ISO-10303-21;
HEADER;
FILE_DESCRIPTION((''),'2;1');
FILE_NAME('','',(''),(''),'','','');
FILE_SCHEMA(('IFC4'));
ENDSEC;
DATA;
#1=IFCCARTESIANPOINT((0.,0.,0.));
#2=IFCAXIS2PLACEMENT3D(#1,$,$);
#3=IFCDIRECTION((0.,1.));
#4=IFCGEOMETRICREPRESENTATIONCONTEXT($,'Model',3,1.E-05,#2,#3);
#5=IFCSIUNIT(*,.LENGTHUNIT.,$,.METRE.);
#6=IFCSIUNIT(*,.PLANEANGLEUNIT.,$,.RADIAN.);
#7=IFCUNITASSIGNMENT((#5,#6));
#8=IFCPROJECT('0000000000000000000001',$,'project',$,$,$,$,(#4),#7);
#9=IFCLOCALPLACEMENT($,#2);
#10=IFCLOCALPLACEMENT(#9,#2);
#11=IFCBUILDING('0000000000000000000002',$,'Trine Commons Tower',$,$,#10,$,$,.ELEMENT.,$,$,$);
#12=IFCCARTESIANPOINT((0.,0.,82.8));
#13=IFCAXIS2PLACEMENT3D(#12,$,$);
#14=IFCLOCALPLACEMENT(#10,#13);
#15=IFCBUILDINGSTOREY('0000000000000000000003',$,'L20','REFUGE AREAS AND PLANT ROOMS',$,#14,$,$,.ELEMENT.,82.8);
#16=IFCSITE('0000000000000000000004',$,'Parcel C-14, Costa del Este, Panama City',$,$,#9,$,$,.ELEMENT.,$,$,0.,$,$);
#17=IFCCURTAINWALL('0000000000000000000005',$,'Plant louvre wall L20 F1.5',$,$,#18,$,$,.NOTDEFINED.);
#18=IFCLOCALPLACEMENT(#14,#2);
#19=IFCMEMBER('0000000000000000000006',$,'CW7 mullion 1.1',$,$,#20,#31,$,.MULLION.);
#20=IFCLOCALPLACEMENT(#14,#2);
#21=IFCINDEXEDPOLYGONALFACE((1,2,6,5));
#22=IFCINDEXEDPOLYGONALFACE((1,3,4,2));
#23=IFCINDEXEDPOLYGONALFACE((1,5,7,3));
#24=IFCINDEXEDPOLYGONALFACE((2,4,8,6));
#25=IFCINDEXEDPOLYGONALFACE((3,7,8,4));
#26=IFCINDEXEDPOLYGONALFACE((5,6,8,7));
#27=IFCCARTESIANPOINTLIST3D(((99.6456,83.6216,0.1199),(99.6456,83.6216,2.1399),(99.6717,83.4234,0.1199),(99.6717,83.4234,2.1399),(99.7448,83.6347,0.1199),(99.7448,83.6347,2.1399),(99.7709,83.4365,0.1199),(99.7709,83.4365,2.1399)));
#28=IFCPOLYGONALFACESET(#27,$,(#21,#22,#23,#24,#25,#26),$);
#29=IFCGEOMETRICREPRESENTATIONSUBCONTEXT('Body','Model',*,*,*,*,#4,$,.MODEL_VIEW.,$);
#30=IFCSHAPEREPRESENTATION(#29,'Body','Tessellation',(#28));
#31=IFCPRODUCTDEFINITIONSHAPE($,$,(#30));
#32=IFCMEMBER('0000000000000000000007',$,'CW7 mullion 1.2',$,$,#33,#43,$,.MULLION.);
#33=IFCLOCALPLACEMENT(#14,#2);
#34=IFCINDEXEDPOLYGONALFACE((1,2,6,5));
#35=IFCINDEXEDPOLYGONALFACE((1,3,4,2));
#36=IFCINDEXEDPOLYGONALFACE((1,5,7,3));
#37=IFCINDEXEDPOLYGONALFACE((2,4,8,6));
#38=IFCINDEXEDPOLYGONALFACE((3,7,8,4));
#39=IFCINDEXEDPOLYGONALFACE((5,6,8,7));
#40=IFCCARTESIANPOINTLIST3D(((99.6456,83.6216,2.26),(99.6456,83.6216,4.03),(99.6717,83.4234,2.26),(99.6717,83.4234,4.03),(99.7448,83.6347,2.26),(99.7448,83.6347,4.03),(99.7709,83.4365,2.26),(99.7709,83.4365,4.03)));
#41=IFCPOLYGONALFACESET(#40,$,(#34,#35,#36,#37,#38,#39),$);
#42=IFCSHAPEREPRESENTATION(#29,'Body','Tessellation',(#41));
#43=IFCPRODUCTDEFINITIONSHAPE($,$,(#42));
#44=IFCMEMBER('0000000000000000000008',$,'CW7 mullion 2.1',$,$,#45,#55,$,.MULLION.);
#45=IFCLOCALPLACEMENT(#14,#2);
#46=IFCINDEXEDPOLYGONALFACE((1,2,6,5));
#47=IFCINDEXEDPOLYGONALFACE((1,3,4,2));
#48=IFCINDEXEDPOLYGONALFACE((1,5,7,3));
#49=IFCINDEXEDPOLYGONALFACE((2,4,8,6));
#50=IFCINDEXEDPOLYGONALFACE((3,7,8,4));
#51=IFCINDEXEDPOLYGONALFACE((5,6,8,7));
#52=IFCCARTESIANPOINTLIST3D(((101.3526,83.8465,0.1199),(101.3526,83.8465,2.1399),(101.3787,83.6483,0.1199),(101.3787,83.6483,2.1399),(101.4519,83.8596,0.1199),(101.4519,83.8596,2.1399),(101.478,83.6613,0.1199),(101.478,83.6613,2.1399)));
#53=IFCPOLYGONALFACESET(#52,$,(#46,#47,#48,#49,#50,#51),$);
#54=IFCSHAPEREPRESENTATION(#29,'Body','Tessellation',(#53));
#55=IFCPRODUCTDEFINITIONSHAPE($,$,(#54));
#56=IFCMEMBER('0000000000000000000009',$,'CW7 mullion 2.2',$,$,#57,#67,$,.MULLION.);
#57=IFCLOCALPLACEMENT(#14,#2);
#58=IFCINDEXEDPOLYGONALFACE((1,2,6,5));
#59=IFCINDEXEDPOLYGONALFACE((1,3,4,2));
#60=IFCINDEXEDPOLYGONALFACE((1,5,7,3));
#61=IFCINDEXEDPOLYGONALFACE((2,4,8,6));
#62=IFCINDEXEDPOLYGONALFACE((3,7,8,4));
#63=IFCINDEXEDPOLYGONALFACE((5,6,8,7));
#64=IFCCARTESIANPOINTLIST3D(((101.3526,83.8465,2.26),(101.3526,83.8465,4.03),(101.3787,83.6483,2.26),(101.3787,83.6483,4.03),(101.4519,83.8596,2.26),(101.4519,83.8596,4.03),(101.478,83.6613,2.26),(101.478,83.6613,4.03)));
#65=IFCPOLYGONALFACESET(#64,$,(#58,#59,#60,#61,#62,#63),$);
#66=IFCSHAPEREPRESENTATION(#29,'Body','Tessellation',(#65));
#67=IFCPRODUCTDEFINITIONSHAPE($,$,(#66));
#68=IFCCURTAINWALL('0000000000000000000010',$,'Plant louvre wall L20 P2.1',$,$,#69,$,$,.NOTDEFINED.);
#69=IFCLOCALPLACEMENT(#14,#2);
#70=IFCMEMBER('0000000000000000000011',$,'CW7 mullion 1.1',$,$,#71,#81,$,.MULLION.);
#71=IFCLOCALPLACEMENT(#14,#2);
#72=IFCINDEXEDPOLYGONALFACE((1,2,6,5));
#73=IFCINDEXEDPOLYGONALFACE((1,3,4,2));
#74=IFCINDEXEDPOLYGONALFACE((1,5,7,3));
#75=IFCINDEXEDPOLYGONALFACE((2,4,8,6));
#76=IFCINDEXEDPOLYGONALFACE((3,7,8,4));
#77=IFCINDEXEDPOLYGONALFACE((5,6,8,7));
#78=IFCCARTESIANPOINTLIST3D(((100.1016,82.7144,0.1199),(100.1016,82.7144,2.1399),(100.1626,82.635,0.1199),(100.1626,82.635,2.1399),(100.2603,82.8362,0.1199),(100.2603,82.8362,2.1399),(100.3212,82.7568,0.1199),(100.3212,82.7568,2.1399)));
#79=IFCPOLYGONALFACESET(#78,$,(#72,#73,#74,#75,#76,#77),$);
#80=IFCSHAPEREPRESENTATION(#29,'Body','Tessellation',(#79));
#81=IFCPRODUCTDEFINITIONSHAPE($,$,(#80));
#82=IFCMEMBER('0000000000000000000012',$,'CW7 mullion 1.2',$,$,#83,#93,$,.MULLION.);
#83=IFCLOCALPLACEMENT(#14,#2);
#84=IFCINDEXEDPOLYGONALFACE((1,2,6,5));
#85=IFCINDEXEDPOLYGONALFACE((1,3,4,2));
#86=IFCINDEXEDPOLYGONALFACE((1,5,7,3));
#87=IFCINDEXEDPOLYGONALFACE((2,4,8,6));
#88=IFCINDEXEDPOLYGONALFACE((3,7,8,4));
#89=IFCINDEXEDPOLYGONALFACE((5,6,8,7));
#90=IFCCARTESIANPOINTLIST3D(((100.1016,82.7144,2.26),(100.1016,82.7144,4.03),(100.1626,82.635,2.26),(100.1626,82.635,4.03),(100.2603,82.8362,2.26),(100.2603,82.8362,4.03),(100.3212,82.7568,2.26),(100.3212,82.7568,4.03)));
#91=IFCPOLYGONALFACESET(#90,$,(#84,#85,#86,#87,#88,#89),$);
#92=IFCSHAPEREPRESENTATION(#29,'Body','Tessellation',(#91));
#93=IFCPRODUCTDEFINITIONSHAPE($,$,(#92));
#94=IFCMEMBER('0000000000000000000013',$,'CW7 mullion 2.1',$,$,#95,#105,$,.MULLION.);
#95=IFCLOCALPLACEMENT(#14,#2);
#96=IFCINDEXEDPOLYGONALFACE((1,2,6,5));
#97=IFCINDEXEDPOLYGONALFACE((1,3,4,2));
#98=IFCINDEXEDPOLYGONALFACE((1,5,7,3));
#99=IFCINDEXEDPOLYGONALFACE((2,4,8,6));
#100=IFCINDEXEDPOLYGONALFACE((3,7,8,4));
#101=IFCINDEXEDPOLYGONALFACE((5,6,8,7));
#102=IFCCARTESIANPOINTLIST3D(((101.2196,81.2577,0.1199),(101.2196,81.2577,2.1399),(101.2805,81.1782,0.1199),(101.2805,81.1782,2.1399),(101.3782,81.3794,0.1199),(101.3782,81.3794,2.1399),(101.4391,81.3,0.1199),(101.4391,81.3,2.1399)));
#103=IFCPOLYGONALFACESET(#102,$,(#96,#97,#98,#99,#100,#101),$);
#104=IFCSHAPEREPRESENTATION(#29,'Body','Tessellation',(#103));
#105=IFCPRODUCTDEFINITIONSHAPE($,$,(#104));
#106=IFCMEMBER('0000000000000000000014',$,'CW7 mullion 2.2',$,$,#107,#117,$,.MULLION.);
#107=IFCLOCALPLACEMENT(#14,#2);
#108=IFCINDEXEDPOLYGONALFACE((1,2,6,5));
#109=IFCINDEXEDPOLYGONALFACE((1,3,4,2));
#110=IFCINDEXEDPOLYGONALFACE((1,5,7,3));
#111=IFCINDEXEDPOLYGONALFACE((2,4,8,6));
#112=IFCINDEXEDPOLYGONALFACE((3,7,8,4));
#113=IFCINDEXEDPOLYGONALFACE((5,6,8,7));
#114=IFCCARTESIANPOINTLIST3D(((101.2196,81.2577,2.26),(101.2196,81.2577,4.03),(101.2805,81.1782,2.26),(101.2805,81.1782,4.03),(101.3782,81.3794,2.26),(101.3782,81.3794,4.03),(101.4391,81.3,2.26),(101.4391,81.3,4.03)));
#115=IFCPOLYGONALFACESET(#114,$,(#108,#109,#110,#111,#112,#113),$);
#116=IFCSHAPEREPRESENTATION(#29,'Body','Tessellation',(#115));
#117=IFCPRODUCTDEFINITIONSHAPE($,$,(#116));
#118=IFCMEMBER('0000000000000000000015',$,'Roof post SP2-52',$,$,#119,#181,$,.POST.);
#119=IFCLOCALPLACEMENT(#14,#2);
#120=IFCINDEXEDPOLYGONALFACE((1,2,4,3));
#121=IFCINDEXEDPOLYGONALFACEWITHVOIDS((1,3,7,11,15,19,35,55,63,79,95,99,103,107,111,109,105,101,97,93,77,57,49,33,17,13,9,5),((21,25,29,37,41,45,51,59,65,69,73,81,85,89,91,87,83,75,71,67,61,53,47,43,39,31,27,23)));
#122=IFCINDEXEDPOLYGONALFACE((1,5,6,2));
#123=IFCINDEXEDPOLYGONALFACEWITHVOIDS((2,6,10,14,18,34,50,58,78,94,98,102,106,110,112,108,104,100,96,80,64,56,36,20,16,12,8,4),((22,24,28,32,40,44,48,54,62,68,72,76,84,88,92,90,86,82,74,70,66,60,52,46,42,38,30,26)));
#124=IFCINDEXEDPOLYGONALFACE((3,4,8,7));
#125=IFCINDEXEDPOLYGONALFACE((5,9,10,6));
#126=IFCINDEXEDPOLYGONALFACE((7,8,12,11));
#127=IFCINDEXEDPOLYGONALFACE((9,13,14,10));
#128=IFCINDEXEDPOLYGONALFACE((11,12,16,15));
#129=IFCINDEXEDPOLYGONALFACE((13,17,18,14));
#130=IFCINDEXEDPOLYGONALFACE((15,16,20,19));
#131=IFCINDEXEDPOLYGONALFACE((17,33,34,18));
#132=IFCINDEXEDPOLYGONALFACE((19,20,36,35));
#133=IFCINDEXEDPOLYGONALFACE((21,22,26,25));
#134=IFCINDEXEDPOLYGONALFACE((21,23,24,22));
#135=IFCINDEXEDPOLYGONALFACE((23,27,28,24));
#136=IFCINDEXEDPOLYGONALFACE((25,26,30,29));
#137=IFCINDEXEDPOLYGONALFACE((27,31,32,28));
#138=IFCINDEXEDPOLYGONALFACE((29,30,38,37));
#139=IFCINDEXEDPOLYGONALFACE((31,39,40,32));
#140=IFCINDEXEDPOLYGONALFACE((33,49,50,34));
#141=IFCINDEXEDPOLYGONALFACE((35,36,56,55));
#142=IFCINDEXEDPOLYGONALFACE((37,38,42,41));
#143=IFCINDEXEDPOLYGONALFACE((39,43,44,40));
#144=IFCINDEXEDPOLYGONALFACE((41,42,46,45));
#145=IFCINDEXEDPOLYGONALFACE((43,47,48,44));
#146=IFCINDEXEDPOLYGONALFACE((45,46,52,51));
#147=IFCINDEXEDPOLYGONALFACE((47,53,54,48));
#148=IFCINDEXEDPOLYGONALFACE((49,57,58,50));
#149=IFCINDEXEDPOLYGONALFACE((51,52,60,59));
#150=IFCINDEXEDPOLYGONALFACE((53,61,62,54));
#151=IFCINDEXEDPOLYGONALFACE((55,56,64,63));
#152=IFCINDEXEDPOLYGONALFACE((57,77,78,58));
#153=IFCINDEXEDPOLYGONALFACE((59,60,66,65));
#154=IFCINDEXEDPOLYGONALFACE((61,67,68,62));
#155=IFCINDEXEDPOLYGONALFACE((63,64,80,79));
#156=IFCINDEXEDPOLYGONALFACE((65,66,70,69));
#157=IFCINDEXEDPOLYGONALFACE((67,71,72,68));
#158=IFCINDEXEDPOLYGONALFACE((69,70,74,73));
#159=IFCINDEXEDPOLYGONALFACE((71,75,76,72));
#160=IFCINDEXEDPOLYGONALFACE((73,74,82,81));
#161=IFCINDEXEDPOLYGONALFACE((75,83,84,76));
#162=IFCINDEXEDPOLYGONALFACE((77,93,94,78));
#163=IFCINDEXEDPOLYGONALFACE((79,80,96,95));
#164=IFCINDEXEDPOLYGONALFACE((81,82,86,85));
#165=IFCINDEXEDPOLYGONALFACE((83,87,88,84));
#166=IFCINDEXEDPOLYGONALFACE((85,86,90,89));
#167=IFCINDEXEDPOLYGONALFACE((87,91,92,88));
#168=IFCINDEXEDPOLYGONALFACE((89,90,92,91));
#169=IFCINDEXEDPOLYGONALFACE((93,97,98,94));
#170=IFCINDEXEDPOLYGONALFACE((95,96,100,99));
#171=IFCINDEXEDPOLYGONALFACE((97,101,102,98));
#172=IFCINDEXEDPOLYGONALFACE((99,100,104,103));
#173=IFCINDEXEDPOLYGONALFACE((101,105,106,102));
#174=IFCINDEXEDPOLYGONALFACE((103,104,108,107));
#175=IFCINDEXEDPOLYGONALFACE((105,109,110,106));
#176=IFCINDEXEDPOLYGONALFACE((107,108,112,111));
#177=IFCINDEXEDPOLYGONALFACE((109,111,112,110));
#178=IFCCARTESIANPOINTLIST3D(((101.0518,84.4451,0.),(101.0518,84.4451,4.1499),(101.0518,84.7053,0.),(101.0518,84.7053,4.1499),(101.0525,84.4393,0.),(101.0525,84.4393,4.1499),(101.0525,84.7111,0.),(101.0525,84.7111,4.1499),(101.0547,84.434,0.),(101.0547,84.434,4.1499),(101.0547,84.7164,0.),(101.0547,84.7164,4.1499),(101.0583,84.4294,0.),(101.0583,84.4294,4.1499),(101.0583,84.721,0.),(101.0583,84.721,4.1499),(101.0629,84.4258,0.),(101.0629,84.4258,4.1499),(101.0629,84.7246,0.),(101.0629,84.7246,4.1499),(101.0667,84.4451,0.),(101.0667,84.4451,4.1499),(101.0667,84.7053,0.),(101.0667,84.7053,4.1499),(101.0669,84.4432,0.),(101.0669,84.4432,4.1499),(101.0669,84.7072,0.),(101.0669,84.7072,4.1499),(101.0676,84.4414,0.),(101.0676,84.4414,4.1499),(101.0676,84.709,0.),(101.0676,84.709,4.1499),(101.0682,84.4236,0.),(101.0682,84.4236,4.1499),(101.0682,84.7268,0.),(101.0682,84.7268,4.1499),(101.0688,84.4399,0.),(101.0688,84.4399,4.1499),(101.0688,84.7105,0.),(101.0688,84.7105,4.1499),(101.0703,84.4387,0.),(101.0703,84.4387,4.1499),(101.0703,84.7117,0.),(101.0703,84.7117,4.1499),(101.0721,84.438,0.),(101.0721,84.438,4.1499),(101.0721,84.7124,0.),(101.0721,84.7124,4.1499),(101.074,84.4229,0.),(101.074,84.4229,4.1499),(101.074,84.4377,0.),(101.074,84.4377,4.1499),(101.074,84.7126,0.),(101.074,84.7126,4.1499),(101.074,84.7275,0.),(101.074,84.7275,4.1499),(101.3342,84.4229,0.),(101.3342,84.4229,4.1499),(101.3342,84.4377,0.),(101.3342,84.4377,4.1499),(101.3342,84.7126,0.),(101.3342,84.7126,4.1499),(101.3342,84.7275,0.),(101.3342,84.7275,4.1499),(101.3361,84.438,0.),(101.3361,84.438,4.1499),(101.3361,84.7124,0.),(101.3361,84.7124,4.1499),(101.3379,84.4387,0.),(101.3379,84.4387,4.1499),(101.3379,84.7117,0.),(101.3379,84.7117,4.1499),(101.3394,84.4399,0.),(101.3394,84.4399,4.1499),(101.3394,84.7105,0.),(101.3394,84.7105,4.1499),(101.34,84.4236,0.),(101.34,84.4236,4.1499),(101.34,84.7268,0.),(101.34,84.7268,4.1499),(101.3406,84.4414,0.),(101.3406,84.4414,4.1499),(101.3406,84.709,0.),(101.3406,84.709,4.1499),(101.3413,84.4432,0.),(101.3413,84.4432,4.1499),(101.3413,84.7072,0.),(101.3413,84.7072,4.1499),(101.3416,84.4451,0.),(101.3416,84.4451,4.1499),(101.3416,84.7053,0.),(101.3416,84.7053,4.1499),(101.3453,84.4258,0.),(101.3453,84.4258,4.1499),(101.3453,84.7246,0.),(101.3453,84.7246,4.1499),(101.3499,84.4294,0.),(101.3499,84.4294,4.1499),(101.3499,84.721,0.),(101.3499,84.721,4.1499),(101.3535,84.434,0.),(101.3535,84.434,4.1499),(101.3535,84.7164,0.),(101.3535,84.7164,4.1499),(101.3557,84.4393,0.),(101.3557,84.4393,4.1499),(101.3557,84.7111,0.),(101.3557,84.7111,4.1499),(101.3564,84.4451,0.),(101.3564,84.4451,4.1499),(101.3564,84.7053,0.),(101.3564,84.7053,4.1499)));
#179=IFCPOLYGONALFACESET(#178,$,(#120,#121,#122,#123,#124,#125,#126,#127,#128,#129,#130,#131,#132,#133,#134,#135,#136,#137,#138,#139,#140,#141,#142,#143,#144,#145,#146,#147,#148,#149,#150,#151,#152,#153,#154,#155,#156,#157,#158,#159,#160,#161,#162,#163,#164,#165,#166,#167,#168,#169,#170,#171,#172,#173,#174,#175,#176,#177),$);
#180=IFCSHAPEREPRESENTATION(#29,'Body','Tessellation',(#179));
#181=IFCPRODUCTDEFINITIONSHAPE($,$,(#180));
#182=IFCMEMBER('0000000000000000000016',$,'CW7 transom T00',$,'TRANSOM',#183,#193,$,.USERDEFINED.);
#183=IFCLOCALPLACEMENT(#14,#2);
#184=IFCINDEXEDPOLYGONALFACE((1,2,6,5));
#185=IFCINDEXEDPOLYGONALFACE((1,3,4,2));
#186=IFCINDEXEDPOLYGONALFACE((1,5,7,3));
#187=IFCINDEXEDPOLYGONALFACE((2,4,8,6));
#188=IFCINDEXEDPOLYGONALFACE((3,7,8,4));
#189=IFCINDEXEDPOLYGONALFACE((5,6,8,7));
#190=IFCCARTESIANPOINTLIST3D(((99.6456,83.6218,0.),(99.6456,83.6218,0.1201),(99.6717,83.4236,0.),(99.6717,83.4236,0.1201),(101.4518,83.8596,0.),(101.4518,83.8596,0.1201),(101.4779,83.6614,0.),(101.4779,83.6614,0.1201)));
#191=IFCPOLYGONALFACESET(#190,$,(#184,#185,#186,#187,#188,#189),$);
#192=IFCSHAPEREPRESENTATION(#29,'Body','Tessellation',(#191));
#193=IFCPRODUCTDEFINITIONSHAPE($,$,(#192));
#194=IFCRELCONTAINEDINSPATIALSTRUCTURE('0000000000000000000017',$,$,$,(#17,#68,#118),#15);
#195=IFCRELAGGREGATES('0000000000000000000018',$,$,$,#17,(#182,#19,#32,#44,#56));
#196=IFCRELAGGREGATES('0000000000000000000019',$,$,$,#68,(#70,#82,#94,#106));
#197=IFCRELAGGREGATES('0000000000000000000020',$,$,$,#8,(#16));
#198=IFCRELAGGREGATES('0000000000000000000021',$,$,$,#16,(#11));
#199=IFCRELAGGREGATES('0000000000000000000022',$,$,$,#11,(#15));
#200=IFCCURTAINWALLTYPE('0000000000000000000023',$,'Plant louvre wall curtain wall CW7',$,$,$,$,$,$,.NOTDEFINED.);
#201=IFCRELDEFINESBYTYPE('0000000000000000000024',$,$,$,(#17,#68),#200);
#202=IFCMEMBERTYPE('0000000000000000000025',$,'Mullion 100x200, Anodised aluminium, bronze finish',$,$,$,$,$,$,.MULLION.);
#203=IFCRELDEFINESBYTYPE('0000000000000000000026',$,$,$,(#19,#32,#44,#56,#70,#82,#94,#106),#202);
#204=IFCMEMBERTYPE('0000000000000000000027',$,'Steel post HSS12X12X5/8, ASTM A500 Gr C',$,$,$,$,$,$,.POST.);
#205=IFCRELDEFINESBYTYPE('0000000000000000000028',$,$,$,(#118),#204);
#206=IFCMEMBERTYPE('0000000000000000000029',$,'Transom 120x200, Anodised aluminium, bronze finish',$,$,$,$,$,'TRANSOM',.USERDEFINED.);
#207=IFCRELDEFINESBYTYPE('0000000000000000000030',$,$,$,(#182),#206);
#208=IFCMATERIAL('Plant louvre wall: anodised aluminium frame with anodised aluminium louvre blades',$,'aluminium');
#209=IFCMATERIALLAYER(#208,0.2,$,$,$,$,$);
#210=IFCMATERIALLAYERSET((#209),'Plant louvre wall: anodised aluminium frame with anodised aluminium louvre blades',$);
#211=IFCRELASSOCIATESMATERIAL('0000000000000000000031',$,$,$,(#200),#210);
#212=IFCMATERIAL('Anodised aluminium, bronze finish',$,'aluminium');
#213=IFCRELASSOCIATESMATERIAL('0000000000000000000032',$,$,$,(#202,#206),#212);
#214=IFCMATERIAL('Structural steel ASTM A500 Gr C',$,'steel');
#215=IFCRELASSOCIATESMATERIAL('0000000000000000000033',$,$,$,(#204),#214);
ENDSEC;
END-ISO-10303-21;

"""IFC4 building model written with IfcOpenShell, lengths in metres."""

from ifc_helpers import new_model, si_unit, direction, frame, origin, origin_2d, place, context, subcontext, project, spatial, rectangle, hollow_rectangle, extrude, material, layer, layer_set, material_profile, profile_set, type_object, element, aggregate, save


model = new_model("IFC4")

# Units and contexts
model_context = context("Model", 3, precision=1e-05, world=origin(), true_north=direction((0.0, 1.0)))
body_context = subcontext(model_context, "Body", "Model", "MODEL_VIEW")
ifc_project = project(units=[si_unit("LENGTHUNIT", "METRE"), si_unit("PLANEANGLEUNIT", "RADIAN")], contexts=[model_context])

# Site, building, storey
site_placement = place(None, origin())
site = spatial("IfcSite", under=ifc_project, at=site_placement, Name="Parcel C-14, Costa del Este, Panama City", CompositionType="ELEMENT", RefElevation=0.0)
building_placement = place(site_placement, origin())
building = spatial("IfcBuilding", under=site, at=building_placement, Name="Trine Commons Tower", CompositionType="ELEMENT")
storey_placement = place(building_placement, frame((0.0, 0.0, 82.8)))
storey = spatial("IfcBuildingStorey", under=building, at=storey_placement, Name="L20", Description="REFUGE AREAS AND PLANT ROOMS", CompositionType="ELEMENT", Elevation=82.8)

# Curtain walls, members
ifc_material_1 = material(Name="Plant louvre wall: anodised aluminium frame with anodised aluminium louvre blades", Category="aluminium")
ifc_layer_1 = layer(ifc_material_1, 0.2)
ifc_layer_set_1 = layer_set([ifc_layer_1], Name="Plant louvre wall: anodised aluminium frame with anodised aluminium louvre blades")
curtain_wall_type = type_object("IfcCurtainWallType", Name="Plant louvre wall curtain wall CW7", PredefinedType="NOTDEFINED", material=ifc_layer_set_1)
curtain_wall_1_placement = place(storey_placement, origin())
curtain_wall_1 = element("IfcCurtainWall", 1, at=curtain_wall_1_placement, inside=storey, type_object=curtain_wall_type, Name="Plant louvre wall L20 F1.5", PredefinedType="NOTDEFINED")
ifc_material_2 = material(Name="Anodised aluminium, bronze finish", Category="aluminium")
ifc_material_profile_1 = material_profile(ifc_material_2, rectangle(XDim=0.2, YDim=0.1001, at=origin_2d()), Name="Mullion 100x200")
ifc_profile_set_1 = profile_set([ifc_material_profile_1], Name="Anodised aluminium, bronze finish")
member_type_1 = type_object("IfcMemberType", Name="Mullion 100x200, Anodised aluminium, bronze finish", PredefinedType="MULLION", material=ifc_profile_set_1)
member_1_placement = place(storey_placement, frame((99.7083, 83.5291, 0.1199), z_axis=(0.0, 0.0, 1.0), x_axis=(-0.130526, 0.991445, 0.0)))
member_1 = element("IfcMember", 2, at=member_1_placement, type_object=member_type_1, Name="CW7 mullion 1.1", PredefinedType="MULLION", context=body_context, shape_type="SweptSolid", body=[
    extrude(rectangle(XDim=0.2, YDim=0.1001, at=origin_2d()), origin(), (0.0, 0.0, 1.0), 2.02),
])
member_2_placement = place(storey_placement, frame((99.7083, 83.5291, 2.26), z_axis=(0.0, 0.0, 1.0), x_axis=(-0.130526, 0.991445, 0.0)))
member_2 = element("IfcMember", 3, at=member_2_placement, type_object=member_type_1, Name="CW7 mullion 1.2", PredefinedType="MULLION", context=body_context, shape_type="SweptSolid", body=[
    extrude(rectangle(XDim=0.2, YDim=0.1001, at=origin_2d()), origin(), (0.0, 0.0, 1.0), 1.77),
])
member_3_placement = place(storey_placement, frame((101.4153, 83.7539, 0.1199), z_axis=(0.0, 0.0, 1.0), x_axis=(-0.130526, 0.991445, 0.0)))
member_3 = element("IfcMember", 4, at=member_3_placement, type_object=member_type_1, Name="CW7 mullion 2.1", PredefinedType="MULLION", context=body_context, shape_type="SweptSolid", body=[
    extrude(rectangle(XDim=0.2, YDim=0.1001, at=origin_2d()), origin(), (0.0, 0.0, 1.0), 2.02),
])
member_4_placement = place(storey_placement, frame((101.4153, 83.7539, 2.26), z_axis=(0.0, 0.0, 1.0), x_axis=(-0.130526, 0.991445, 0.0)))
member_4 = element("IfcMember", 5, at=member_4_placement, type_object=member_type_1, Name="CW7 mullion 2.2", PredefinedType="MULLION", context=body_context, shape_type="SweptSolid", body=[
    extrude(rectangle(XDim=0.2, YDim=0.1001, at=origin_2d()), origin(), (0.0, 0.0, 1.0), 1.77),
])
curtain_wall_2_placement = place(storey_placement, origin())
curtain_wall_2 = element("IfcCurtainWall", 6, at=curtain_wall_2_placement, inside=storey, type_object=curtain_wall_type, Name="Plant louvre wall L20 P2.1", PredefinedType="NOTDEFINED")
member_5_placement = place(storey_placement, frame((100.2114, 82.7356, 0.1199), z_axis=(0.0, 0.0, 1.0), x_axis=(0.793353, 0.608761, 0.0)))
member_5 = element("IfcMember", 7, at=member_5_placement, type_object=member_type_1, Name="CW7 mullion 1.1", PredefinedType="MULLION", context=body_context, shape_type="SweptSolid", body=[
    extrude(rectangle(XDim=0.2, YDim=0.1001, at=origin_2d()), origin(), (0.0, 0.0, 1.0), 2.02),
])
member_6_placement = place(storey_placement, frame((100.2114, 82.7356, 2.26), z_axis=(0.0, 0.0, 1.0), x_axis=(0.793353, 0.608761, 0.0)))
member_6 = element("IfcMember", 8, at=member_6_placement, type_object=member_type_1, Name="CW7 mullion 1.2", PredefinedType="MULLION", context=body_context, shape_type="SweptSolid", body=[
    extrude(rectangle(XDim=0.2, YDim=0.1001, at=origin_2d()), origin(), (0.0, 0.0, 1.0), 1.77),
])
member_7_placement = place(storey_placement, frame((101.3293, 81.2788, 0.1199), z_axis=(0.0, 0.0, 1.0), x_axis=(0.793353, 0.608761, 0.0)))
member_7 = element("IfcMember", 9, at=member_7_placement, type_object=member_type_1, Name="CW7 mullion 2.1", PredefinedType="MULLION", context=body_context, shape_type="SweptSolid", body=[
    extrude(rectangle(XDim=0.2, YDim=0.1001, at=origin_2d()), origin(), (0.0, 0.0, 1.0), 2.02),
])
member_8_placement = place(storey_placement, frame((101.3293, 81.2788, 2.26), z_axis=(0.0, 0.0, 1.0), x_axis=(0.793353, 0.608761, 0.0)))
member_8 = element("IfcMember", 10, at=member_8_placement, type_object=member_type_1, Name="CW7 mullion 2.2", PredefinedType="MULLION", context=body_context, shape_type="SweptSolid", body=[
    extrude(rectangle(XDim=0.2, YDim=0.1001, at=origin_2d()), origin(), (0.0, 0.0, 1.0), 1.77),
])

# Members
ifc_material_3 = material(Name="Structural steel ASTM A500 Gr C", Category="steel")
ifc_material_profile_2 = material_profile(ifc_material_3, hollow_rectangle(XDim=0.3047, YDim=0.3047, WallThickness=0.0149, InnerFilletRadius=0.0073, OuterFilletRadius=0.0222, at=origin_2d()), Name="HSS12X12X5/8")
ifc_profile_set_2 = profile_set([ifc_material_profile_2], Name="Structural steel ASTM A500 Gr C")
member_type_2 = type_object("IfcMemberType", Name="Steel post HSS12X12X5/8, ASTM A500 Gr C", PredefinedType="POST", material=ifc_profile_set_2)
member_9_placement = place(storey_placement, frame((101.2041, 84.5752, 0.0), z_axis=(0.0, 0.0, 1.0), x_axis=(1.0, 0.0, 0.0)))
element("IfcMember", 11, at=member_9_placement, inside=storey, type_object=member_type_2, Name="Roof post SP2-52", PredefinedType="POST", context=body_context, shape_type="SweptSolid", body=[
    extrude(hollow_rectangle(XDim=0.3047, YDim=0.3047, WallThickness=0.0149, InnerFilletRadius=0.0073, OuterFilletRadius=0.0222, at=origin_2d()), origin(), (0.0, 0.0, 1.0), 4.1499),
])
ifc_material_profile_3 = material_profile(ifc_material_2, rectangle(XDim=0.2, YDim=0.1201, at=origin_2d()), Name="Transom 120x200")
ifc_profile_set_3 = profile_set([ifc_material_profile_3], Name="Anodised aluminium, bronze finish")
member_type_3 = type_object("IfcMemberType", Name="Transom 120x200, Anodised aluminium, bronze finish", ElementType="TRANSOM", PredefinedType="USERDEFINED", material=ifc_profile_set_3)
member_10_placement = place(storey_placement, frame((99.6587, 83.5227, 0.0601), z_axis=(0.991444, 0.130531, 0.0), x_axis=(-0.130531, 0.991444, 0.0)))
member_10 = element("IfcMember", 12, at=member_10_placement, type_object=member_type_3, Name="CW7 transom T00", ObjectType="TRANSOM", PredefinedType="USERDEFINED", context=body_context, shape_type="SweptSolid", body=[
    extrude(rectangle(XDim=0.2, YDim=0.1201, at=origin_2d()), origin(), (0.0, 0.0, 1.0), 1.8218),
])

aggregate(curtain_wall_1, [member_10, member_1, member_2, member_3, member_4])
aggregate(curtain_wall_2, [member_5, member_6, member_7, member_8])

save(model, "model.ifc")
